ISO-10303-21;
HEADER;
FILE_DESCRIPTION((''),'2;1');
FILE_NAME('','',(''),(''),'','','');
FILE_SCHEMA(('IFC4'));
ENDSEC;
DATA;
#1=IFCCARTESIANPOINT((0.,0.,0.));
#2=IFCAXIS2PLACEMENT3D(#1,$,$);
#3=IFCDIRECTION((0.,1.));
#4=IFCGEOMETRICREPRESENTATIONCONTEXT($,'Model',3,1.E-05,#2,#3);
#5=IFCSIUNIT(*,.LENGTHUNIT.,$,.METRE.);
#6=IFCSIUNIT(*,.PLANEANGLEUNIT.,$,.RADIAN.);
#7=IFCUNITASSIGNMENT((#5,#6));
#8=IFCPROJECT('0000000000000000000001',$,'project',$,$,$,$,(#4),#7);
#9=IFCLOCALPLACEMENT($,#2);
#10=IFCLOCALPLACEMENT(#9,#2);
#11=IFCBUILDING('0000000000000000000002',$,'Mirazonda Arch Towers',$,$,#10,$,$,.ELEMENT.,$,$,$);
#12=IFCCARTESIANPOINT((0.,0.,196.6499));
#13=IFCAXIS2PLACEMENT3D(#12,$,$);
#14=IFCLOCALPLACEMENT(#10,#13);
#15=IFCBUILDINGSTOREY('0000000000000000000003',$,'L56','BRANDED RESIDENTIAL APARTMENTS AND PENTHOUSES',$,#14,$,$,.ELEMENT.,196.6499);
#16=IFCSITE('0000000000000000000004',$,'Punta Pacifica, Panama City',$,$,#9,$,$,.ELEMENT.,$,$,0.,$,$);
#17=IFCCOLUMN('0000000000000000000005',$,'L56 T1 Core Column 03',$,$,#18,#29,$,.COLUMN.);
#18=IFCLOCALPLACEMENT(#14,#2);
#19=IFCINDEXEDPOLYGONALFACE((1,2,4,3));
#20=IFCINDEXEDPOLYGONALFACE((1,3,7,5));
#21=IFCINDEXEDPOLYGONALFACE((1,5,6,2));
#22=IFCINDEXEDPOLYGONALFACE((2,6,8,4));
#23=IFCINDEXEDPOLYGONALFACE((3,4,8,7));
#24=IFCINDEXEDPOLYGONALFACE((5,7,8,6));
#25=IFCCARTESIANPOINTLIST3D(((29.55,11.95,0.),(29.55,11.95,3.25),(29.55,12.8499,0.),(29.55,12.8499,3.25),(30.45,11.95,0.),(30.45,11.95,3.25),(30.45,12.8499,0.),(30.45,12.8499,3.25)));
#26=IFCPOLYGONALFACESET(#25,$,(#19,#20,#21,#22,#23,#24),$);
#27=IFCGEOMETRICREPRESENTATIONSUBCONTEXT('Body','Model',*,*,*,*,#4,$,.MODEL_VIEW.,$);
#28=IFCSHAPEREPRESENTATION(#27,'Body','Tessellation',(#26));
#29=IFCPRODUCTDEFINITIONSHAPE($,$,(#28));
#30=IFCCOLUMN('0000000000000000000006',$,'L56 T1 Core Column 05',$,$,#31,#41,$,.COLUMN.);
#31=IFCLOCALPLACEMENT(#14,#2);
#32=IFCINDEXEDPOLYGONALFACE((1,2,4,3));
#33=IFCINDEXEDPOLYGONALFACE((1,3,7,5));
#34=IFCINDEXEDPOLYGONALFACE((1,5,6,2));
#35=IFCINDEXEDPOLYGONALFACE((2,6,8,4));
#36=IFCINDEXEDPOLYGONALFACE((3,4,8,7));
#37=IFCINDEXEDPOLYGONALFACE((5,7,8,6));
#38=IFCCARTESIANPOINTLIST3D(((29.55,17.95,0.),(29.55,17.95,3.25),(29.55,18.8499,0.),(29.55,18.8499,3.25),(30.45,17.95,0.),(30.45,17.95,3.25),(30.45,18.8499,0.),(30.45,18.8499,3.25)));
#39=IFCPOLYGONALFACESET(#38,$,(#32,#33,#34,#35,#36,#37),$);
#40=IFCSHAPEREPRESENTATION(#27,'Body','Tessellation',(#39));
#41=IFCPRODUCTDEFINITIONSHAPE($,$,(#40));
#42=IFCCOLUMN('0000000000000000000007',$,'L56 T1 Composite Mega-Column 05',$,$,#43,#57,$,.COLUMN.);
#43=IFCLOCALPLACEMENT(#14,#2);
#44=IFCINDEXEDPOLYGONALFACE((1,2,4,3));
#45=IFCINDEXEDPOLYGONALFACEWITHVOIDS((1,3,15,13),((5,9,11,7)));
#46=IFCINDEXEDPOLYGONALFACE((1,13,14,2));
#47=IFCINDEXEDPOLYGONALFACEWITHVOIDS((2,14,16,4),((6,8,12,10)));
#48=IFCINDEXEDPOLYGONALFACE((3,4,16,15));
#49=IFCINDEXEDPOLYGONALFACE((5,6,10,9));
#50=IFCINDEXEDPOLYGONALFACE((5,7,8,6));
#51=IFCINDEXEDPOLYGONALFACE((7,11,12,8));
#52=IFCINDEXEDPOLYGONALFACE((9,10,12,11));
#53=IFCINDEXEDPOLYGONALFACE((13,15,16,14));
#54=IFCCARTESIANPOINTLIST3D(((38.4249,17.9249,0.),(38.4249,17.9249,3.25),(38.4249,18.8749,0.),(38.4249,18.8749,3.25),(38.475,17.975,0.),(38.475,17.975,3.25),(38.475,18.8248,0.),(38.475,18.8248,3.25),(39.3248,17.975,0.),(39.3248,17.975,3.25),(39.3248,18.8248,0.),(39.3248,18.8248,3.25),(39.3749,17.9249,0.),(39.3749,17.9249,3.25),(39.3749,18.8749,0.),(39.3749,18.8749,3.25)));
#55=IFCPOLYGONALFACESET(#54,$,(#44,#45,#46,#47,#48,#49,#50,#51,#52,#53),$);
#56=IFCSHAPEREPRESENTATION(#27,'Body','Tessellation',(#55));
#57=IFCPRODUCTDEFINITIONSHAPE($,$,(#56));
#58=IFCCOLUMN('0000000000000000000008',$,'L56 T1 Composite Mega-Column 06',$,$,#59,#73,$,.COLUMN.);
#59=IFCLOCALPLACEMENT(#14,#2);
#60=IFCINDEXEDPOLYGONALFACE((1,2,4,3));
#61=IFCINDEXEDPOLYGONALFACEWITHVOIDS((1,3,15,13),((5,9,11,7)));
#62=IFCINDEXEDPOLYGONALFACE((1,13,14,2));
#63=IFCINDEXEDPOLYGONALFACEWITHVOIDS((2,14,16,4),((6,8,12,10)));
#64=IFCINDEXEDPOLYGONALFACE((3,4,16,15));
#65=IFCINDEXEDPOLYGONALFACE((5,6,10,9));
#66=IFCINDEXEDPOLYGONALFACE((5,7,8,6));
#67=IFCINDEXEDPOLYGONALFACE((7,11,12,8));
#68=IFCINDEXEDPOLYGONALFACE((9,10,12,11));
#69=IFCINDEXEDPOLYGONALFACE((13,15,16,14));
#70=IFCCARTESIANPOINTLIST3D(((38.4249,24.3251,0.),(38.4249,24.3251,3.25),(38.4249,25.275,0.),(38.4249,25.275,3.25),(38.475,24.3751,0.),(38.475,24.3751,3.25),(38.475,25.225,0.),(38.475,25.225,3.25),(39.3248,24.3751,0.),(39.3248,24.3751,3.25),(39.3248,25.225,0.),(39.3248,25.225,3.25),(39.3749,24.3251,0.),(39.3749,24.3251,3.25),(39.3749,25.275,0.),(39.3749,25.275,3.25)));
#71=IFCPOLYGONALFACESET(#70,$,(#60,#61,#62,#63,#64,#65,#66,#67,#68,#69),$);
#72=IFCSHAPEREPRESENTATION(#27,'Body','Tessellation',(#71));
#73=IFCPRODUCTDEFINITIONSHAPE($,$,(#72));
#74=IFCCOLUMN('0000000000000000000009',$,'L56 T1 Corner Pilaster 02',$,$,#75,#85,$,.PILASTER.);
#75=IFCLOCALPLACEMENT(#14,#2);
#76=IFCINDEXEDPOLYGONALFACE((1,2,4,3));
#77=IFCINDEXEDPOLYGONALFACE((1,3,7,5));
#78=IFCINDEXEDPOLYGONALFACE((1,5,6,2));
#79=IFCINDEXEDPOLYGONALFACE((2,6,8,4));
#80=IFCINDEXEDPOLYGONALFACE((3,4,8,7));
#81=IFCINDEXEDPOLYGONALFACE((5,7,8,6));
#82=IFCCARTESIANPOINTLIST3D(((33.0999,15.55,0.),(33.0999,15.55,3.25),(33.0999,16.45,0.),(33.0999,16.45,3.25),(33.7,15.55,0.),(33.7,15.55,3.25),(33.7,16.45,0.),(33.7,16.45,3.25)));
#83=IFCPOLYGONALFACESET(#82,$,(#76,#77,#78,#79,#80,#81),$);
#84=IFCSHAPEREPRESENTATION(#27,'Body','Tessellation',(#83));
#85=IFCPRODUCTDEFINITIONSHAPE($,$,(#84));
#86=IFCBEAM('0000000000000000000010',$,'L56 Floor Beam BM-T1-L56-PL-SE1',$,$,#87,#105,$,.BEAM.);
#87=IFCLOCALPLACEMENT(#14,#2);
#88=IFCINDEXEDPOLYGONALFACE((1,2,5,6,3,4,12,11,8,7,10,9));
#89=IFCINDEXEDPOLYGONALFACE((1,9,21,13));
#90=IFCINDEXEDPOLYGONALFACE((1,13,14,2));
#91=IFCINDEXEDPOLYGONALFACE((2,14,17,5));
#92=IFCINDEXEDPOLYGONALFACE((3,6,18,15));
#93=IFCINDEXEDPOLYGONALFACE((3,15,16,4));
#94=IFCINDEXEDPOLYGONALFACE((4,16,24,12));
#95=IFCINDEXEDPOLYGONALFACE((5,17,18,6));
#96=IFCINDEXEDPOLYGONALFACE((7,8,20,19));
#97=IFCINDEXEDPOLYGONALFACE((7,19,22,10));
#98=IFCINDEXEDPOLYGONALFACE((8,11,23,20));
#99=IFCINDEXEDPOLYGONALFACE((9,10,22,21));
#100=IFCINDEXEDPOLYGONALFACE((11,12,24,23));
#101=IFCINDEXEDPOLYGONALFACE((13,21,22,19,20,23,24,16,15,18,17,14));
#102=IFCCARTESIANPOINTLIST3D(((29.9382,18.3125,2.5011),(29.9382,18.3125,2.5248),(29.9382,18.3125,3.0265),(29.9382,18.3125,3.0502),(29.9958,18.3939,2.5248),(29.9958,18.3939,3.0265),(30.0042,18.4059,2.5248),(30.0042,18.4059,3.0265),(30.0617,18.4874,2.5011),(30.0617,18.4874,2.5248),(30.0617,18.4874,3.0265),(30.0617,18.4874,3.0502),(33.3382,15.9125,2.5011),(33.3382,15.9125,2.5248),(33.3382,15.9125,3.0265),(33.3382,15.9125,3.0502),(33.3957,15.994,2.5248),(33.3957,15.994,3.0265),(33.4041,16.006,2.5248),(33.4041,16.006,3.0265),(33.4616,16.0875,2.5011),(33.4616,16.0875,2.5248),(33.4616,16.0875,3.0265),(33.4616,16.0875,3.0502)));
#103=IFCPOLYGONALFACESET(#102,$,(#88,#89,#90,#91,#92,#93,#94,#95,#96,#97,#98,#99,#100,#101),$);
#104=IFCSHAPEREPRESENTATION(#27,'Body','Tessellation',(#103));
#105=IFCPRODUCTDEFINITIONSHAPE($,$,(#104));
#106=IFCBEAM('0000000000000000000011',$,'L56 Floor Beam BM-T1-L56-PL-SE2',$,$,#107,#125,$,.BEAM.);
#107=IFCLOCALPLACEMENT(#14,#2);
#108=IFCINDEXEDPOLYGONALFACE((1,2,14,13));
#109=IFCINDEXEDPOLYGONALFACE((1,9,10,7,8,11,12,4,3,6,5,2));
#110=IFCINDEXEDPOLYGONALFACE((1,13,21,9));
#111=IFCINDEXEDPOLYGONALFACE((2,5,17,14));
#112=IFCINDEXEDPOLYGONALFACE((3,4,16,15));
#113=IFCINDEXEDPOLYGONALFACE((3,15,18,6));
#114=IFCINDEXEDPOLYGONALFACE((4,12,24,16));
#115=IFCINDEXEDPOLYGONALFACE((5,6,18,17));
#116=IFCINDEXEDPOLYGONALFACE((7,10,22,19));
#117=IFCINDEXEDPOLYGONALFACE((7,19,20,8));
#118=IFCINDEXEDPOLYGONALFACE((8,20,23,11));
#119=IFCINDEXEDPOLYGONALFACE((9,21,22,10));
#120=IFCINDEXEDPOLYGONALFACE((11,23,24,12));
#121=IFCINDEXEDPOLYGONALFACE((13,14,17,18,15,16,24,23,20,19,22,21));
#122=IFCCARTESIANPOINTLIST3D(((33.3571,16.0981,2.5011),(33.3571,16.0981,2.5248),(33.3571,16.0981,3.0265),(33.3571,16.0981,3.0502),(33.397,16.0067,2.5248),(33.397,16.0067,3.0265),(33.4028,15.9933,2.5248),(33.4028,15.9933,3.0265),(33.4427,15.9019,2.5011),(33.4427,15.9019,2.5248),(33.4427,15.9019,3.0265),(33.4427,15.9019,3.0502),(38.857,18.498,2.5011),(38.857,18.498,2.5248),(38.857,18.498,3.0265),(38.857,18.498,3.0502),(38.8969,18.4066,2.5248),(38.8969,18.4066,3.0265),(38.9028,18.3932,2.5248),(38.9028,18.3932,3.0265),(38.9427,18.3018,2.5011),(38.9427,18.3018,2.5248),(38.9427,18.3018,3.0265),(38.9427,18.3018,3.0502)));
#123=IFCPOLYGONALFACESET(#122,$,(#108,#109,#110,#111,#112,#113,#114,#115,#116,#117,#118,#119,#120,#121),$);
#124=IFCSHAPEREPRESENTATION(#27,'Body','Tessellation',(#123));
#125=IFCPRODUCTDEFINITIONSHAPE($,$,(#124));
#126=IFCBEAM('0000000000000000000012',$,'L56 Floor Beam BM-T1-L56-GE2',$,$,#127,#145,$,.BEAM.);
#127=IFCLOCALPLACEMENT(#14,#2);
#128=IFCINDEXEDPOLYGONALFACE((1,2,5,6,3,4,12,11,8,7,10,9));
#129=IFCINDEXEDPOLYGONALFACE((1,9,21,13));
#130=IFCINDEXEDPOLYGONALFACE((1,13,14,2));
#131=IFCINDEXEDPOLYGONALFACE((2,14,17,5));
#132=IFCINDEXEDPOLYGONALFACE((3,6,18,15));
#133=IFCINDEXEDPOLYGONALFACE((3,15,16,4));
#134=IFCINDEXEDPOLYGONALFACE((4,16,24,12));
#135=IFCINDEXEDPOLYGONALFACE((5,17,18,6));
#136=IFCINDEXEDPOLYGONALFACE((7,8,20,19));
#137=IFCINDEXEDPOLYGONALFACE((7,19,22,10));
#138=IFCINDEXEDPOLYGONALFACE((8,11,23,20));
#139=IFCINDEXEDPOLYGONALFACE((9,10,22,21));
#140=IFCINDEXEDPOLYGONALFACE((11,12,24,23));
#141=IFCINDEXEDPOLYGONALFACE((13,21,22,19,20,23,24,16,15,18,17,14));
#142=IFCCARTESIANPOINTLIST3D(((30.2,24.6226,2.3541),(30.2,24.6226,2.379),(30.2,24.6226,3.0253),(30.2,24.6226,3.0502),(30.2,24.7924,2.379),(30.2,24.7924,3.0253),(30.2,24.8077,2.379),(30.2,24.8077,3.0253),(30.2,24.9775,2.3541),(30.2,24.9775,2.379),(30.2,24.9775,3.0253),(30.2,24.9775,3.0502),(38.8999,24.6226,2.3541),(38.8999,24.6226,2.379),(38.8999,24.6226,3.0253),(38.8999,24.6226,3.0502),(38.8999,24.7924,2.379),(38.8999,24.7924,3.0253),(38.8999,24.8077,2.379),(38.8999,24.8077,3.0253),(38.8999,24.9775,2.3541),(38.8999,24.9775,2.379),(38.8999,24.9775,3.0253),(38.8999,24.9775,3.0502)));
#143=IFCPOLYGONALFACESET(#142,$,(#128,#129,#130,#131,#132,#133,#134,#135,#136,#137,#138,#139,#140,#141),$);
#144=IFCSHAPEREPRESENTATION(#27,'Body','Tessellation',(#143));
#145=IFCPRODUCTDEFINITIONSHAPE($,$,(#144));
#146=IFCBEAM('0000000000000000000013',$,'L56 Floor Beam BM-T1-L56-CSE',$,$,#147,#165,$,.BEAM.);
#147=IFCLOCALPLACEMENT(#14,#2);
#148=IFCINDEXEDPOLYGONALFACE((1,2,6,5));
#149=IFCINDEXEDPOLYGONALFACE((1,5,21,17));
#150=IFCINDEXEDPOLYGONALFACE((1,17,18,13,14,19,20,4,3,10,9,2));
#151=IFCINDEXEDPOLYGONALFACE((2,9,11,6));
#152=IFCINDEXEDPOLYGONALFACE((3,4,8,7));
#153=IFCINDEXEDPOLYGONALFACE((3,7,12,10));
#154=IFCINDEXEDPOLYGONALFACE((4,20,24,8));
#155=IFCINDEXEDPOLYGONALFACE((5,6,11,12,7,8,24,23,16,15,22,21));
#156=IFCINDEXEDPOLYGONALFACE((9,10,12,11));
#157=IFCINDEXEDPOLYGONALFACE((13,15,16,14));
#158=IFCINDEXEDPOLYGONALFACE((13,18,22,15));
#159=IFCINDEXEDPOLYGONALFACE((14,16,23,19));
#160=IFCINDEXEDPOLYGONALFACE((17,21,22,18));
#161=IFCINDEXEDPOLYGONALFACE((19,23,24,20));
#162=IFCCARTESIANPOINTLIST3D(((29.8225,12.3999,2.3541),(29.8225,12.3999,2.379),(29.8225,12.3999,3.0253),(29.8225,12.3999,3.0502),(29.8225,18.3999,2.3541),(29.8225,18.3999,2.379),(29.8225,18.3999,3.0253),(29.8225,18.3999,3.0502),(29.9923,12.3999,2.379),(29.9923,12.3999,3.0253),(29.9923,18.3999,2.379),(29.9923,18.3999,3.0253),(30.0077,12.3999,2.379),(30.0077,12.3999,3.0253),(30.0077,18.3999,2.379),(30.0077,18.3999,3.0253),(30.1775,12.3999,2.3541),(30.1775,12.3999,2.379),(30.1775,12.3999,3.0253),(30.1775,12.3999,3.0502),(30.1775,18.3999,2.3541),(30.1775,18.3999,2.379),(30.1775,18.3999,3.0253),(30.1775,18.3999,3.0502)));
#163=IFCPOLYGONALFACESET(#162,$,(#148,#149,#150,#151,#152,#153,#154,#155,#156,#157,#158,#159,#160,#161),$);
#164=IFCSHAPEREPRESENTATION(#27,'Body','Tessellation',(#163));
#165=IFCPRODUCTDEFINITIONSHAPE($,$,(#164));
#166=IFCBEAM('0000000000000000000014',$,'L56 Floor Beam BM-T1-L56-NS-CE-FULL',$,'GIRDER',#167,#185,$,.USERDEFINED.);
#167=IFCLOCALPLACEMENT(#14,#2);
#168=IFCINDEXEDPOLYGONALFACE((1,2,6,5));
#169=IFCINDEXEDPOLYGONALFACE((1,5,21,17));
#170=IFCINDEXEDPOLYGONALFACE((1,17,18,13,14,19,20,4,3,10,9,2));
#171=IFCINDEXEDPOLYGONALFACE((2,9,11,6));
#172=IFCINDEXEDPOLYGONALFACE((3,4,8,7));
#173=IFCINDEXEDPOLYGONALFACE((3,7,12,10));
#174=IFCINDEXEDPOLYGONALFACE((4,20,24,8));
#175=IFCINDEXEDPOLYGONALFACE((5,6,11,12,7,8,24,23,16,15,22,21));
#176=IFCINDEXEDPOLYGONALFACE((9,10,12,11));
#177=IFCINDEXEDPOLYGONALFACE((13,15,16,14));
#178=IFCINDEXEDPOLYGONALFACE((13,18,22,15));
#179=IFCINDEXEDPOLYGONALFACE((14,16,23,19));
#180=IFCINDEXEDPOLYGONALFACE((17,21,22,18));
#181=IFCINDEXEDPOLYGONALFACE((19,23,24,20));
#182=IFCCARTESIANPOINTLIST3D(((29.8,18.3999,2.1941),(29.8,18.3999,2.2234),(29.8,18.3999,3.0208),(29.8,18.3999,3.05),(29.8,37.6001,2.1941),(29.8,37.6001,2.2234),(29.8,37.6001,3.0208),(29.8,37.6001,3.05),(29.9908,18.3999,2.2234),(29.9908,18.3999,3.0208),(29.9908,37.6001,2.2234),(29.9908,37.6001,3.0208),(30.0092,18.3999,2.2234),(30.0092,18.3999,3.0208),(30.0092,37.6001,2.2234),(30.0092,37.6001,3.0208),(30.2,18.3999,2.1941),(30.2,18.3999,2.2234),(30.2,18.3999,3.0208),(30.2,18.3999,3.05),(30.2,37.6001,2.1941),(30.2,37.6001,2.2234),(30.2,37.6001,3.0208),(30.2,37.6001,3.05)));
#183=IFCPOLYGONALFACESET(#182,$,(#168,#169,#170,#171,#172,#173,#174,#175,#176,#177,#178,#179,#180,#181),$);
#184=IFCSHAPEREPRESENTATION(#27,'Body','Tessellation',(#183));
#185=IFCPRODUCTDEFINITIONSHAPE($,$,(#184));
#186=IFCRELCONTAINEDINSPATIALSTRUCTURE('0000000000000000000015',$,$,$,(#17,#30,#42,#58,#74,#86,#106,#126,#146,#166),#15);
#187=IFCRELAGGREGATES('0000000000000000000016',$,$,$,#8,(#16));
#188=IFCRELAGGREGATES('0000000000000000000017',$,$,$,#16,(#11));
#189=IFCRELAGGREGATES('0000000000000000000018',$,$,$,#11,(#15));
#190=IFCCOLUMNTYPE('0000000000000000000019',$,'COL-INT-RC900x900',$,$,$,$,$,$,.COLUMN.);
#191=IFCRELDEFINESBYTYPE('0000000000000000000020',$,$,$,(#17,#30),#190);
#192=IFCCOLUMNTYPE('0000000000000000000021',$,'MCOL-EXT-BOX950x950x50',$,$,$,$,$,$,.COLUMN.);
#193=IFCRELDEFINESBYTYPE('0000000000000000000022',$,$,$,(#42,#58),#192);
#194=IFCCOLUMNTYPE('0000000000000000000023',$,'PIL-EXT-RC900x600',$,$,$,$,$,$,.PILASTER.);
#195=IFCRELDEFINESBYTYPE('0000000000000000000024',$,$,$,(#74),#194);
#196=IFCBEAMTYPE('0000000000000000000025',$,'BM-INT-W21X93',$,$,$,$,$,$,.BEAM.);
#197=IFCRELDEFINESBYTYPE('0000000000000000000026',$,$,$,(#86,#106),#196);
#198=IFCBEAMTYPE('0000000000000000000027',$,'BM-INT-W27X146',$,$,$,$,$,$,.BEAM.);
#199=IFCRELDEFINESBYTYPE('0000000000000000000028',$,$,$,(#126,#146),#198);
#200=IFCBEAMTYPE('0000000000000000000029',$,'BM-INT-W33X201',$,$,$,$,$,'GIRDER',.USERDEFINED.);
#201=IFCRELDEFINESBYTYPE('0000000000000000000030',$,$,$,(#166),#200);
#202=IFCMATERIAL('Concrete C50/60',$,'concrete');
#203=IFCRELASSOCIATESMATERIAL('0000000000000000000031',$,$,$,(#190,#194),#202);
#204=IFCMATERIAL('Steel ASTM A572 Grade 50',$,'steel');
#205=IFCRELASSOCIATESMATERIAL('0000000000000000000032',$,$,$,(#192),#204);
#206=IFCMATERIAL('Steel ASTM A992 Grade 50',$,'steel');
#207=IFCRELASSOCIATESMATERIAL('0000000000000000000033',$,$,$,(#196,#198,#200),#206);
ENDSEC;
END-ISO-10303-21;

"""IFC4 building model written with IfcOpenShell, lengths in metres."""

from ifc_helpers import new_model, si_unit, direction, frame, origin, origin_2d, place, context, subcontext, project, spatial, rectangle, hollow_rectangle, i_section, extrude, material, material_profile, profile_set, type_object, element, save


model = new_model("IFC4")

# Units and contexts
model_context = context("Model", 3, precision=1e-05, world=origin(), true_north=direction((0.0, 1.0)))
body_context = subcontext(model_context, "Body", "Model", "MODEL_VIEW")
ifc_project = project(units=[si_unit("LENGTHUNIT", "METRE"), si_unit("PLANEANGLEUNIT", "RADIAN")], contexts=[model_context])

# Site, building, storey
site_placement = place(None, origin())
site = spatial("IfcSite", under=ifc_project, at=site_placement, Name="Punta Pacifica, Panama City", CompositionType="ELEMENT", RefElevation=0.0)
building_placement = place(site_placement, origin())
building = spatial("IfcBuilding", under=site, at=building_placement, Name="Mirazonda Arch Towers", CompositionType="ELEMENT")
storey_placement = place(building_placement, frame((0.0, 0.0, 196.6499)))
storey = spatial("IfcBuildingStorey", under=building, at=storey_placement, Name="L56", Description="BRANDED RESIDENTIAL APARTMENTS AND PENTHOUSES", CompositionType="ELEMENT", Elevation=196.6499)

# Columns
ifc_material_1 = material(Name="Concrete C50/60", Category="concrete")
ifc_material_profile_1 = material_profile(ifc_material_1, rectangle(XDim=0.8999, YDim=0.8999, at=origin_2d()), Name="RC900x900")
ifc_profile_set_1 = profile_set([ifc_material_profile_1], Name="Concrete C50/60")
column_type_1 = type_object("IfcColumnType", Name="COL-INT-RC900x900", PredefinedType="COLUMN", material=ifc_profile_set_1)
for number, where, z_axis, x_axis, name in (
    (1, (30.0, 12.3999, 0.0), (0.0, 0.0, 1.0), (1.0, 0.0, 0.0), "L56 T1 Core Column 03"),
    (2, (30.0, 18.3999, 0.0), (0.0, 0.0, 1.0), (1.0, 0.0, 0.0), "L56 T1 Core Column 05"),
):
    element("IfcColumn", number, at=place(storey_placement, frame(where, z_axis=z_axis, x_axis=x_axis)), inside=storey, type_object=column_type_1, Name=name, PredefinedType="COLUMN", context=body_context, shape_type="SweptSolid", body=[
        extrude(rectangle(XDim=0.8999, YDim=0.8999, at=origin_2d()), origin(), (0.0, 0.0, 1.0), 3.25),
    ])
ifc_material_2 = material(Name="Steel ASTM A572 Grade 50", Category="steel")
ifc_material_profile_2 = material_profile(ifc_material_2, hollow_rectangle(XDim=0.95, YDim=0.95, WallThickness=0.05, at=origin_2d()), Name="BOX950x950x50")
ifc_profile_set_2 = profile_set([ifc_material_profile_2], Name="Steel ASTM A572 Grade 50")
column_type_2 = type_object("IfcColumnType", Name="MCOL-EXT-BOX950x950x50", PredefinedType="COLUMN", material=ifc_profile_set_2)
for number, where, z_axis, x_axis, name in (
    (3, (38.8999, 18.3999, 0.0), (0.0, 0.0, 1.0), (1.0, 0.0, 0.0), "L56 T1 Composite Mega-Column 05"),
    (4, (38.8999, 24.8, 0.0), (0.0, 0.0, 1.0), (1.0, 0.0, 0.0), "L56 T1 Composite Mega-Column 06"),
):
    element("IfcColumn", number, at=place(storey_placement, frame(where, z_axis=z_axis, x_axis=x_axis)), inside=storey, type_object=column_type_2, Name=name, PredefinedType="COLUMN", context=body_context, shape_type="SweptSolid", body=[
        extrude(hollow_rectangle(XDim=0.95, YDim=0.95, WallThickness=0.05, at=origin_2d()), origin(), (0.0, 0.0, 1.0), 3.25),
    ])
ifc_material_profile_3 = material_profile(ifc_material_1, rectangle(XDim=0.6001, YDim=0.8999, at=origin_2d()), Name="RC900x600")
ifc_profile_set_3 = profile_set([ifc_material_profile_3], Name="Concrete C50/60")
column_type_3 = type_object("IfcColumnType", Name="PIL-EXT-RC900x600", PredefinedType="PILASTER", material=ifc_profile_set_3)
column_placement = place(storey_placement, frame((33.3999, 16.0, 0.0), z_axis=(0.0, 0.0, 1.0), x_axis=(1.0, 0.0, 0.0)))
element("IfcColumn", 5, at=column_placement, inside=storey, type_object=column_type_3, Name="L56 T1 Corner Pilaster 02", PredefinedType="PILASTER", context=body_context, shape_type="SweptSolid", body=[
    extrude(rectangle(XDim=0.6001, YDim=0.8999, at=origin_2d()), origin(), (0.0, 0.0, 1.0), 3.25),
])

# Beams
ifc_material_3 = material(Name="Steel ASTM A992 Grade 50", Category="steel")
ifc_material_profile_4 = material_profile(ifc_material_3, i_section(OverallWidth=0.2141, OverallDepth=0.5491, WebThickness=0.0146, FlangeThickness=0.0237, at=origin_2d()), Name="W21X93")
ifc_profile_set_4 = profile_set([ifc_material_profile_4], Name="Steel ASTM A992 Grade 50")
beam_type_1 = type_object("IfcBeamType", Name="BM-INT-W21X93", PredefinedType="BEAM", material=ifc_profile_set_4)
beam_1_placement = place(storey_placement, frame((33.3999, 16.0, 2.7756), z_axis=(-0.816971, 0.576679, 0.0), x_axis=(-0.576679, -0.816971, 0.0)))
element("IfcBeam", 6, at=beam_1_placement, inside=storey, type_object=beam_type_1, Name="L56 Floor Beam BM-T1-L56-PL-SE1", PredefinedType="BEAM", context=body_context, shape_type="SweptSolid", body=[
    extrude(i_section(OverallWidth=0.2141, OverallDepth=0.5491, WebThickness=0.0146, FlangeThickness=0.0237, at=origin_2d()), origin(), (0.0, 0.0, 1.0), 4.1616),
])
beam_2_placement = place(storey_placement, frame((33.3999, 16.0, 2.7756), z_axis=(0.916545, 0.399931, 0.0), x_axis=(-0.399931, 0.916545, 0.0)))
element("IfcBeam", 7, at=beam_2_placement, inside=storey, type_object=beam_type_1, Name="L56 Floor Beam BM-T1-L56-PL-SE2", PredefinedType="BEAM", context=body_context, shape_type="SweptSolid", body=[
    extrude(i_section(OverallWidth=0.2141, OverallDepth=0.5491, WebThickness=0.0146, FlangeThickness=0.0237, at=origin_2d()), origin(), (0.0, 0.0, 1.0), 6.0007),
])
ifc_material_profile_5 = material_profile(ifc_material_3, i_section(OverallWidth=0.355, OverallDepth=0.696, WebThickness=0.0154, FlangeThickness=0.0249, at=origin_2d()), Name="W27X146")
ifc_profile_set_5 = profile_set([ifc_material_profile_5], Name="Steel ASTM A992 Grade 50")
beam_type_2 = type_object("IfcBeamType", Name="BM-INT-W27X146", PredefinedType="BEAM", material=ifc_profile_set_5)
beam_3_placement = place(storey_placement, frame((30.2, 24.8, 2.7021), z_axis=(1.0, 0.0, 0.0), x_axis=(0.0, 1.0, 0.0)))
element("IfcBeam", 8, at=beam_3_placement, inside=storey, type_object=beam_type_2, Name="L56 Floor Beam BM-T1-L56-GE2", PredefinedType="BEAM", context=body_context, shape_type="SweptSolid", body=[
    extrude(i_section(OverallWidth=0.355, OverallDepth=0.696, WebThickness=0.0154, FlangeThickness=0.0249, at=origin_2d()), origin(), (0.0, 0.0, 1.0), 8.7),
])
beam_4_placement = place(storey_placement, frame((30.0, 12.3999, 2.7021), z_axis=(0.0, 1.0, 0.0), x_axis=(-1.0, 0.0, 0.0)))
element("IfcBeam", 9, at=beam_4_placement, inside=storey, type_object=beam_type_2, Name="L56 Floor Beam BM-T1-L56-CSE", PredefinedType="BEAM", context=body_context, shape_type="SweptSolid", body=[
    extrude(i_section(OverallWidth=0.355, OverallDepth=0.696, WebThickness=0.0154, FlangeThickness=0.0249, at=origin_2d()), origin(), (0.0, 0.0, 1.0), 6.0),
])
ifc_material_profile_6 = material_profile(ifc_material_3, i_section(OverallWidth=0.3999, OverallDepth=0.856, WebThickness=0.0183, FlangeThickness=0.0293, at=origin_2d()), Name="W33X201")
ifc_profile_set_6 = profile_set([ifc_material_profile_6], Name="Steel ASTM A992 Grade 50")
beam_type_3 = type_object("IfcBeamType", Name="BM-INT-W33X201", ElementType="GIRDER", PredefinedType="USERDEFINED", material=ifc_profile_set_6)
beam_5_placement = place(storey_placement, frame((30.0, 18.3999, 2.6221), z_axis=(0.0, 1.0, 0.0), x_axis=(-1.0, 0.0, 0.0)))
element("IfcBeam", 10, at=beam_5_placement, inside=storey, type_object=beam_type_3, Name="L56 Floor Beam BM-T1-L56-NS-CE-FULL", ObjectType="GIRDER", PredefinedType="USERDEFINED", context=body_context, shape_type="SweptSolid", body=[
    extrude(i_section(OverallWidth=0.3999, OverallDepth=0.856, WebThickness=0.0183, FlangeThickness=0.0293, at=origin_2d()), origin(), (0.0, 0.0, 1.0), 19.2002),
])

save(model, "model.ifc")
